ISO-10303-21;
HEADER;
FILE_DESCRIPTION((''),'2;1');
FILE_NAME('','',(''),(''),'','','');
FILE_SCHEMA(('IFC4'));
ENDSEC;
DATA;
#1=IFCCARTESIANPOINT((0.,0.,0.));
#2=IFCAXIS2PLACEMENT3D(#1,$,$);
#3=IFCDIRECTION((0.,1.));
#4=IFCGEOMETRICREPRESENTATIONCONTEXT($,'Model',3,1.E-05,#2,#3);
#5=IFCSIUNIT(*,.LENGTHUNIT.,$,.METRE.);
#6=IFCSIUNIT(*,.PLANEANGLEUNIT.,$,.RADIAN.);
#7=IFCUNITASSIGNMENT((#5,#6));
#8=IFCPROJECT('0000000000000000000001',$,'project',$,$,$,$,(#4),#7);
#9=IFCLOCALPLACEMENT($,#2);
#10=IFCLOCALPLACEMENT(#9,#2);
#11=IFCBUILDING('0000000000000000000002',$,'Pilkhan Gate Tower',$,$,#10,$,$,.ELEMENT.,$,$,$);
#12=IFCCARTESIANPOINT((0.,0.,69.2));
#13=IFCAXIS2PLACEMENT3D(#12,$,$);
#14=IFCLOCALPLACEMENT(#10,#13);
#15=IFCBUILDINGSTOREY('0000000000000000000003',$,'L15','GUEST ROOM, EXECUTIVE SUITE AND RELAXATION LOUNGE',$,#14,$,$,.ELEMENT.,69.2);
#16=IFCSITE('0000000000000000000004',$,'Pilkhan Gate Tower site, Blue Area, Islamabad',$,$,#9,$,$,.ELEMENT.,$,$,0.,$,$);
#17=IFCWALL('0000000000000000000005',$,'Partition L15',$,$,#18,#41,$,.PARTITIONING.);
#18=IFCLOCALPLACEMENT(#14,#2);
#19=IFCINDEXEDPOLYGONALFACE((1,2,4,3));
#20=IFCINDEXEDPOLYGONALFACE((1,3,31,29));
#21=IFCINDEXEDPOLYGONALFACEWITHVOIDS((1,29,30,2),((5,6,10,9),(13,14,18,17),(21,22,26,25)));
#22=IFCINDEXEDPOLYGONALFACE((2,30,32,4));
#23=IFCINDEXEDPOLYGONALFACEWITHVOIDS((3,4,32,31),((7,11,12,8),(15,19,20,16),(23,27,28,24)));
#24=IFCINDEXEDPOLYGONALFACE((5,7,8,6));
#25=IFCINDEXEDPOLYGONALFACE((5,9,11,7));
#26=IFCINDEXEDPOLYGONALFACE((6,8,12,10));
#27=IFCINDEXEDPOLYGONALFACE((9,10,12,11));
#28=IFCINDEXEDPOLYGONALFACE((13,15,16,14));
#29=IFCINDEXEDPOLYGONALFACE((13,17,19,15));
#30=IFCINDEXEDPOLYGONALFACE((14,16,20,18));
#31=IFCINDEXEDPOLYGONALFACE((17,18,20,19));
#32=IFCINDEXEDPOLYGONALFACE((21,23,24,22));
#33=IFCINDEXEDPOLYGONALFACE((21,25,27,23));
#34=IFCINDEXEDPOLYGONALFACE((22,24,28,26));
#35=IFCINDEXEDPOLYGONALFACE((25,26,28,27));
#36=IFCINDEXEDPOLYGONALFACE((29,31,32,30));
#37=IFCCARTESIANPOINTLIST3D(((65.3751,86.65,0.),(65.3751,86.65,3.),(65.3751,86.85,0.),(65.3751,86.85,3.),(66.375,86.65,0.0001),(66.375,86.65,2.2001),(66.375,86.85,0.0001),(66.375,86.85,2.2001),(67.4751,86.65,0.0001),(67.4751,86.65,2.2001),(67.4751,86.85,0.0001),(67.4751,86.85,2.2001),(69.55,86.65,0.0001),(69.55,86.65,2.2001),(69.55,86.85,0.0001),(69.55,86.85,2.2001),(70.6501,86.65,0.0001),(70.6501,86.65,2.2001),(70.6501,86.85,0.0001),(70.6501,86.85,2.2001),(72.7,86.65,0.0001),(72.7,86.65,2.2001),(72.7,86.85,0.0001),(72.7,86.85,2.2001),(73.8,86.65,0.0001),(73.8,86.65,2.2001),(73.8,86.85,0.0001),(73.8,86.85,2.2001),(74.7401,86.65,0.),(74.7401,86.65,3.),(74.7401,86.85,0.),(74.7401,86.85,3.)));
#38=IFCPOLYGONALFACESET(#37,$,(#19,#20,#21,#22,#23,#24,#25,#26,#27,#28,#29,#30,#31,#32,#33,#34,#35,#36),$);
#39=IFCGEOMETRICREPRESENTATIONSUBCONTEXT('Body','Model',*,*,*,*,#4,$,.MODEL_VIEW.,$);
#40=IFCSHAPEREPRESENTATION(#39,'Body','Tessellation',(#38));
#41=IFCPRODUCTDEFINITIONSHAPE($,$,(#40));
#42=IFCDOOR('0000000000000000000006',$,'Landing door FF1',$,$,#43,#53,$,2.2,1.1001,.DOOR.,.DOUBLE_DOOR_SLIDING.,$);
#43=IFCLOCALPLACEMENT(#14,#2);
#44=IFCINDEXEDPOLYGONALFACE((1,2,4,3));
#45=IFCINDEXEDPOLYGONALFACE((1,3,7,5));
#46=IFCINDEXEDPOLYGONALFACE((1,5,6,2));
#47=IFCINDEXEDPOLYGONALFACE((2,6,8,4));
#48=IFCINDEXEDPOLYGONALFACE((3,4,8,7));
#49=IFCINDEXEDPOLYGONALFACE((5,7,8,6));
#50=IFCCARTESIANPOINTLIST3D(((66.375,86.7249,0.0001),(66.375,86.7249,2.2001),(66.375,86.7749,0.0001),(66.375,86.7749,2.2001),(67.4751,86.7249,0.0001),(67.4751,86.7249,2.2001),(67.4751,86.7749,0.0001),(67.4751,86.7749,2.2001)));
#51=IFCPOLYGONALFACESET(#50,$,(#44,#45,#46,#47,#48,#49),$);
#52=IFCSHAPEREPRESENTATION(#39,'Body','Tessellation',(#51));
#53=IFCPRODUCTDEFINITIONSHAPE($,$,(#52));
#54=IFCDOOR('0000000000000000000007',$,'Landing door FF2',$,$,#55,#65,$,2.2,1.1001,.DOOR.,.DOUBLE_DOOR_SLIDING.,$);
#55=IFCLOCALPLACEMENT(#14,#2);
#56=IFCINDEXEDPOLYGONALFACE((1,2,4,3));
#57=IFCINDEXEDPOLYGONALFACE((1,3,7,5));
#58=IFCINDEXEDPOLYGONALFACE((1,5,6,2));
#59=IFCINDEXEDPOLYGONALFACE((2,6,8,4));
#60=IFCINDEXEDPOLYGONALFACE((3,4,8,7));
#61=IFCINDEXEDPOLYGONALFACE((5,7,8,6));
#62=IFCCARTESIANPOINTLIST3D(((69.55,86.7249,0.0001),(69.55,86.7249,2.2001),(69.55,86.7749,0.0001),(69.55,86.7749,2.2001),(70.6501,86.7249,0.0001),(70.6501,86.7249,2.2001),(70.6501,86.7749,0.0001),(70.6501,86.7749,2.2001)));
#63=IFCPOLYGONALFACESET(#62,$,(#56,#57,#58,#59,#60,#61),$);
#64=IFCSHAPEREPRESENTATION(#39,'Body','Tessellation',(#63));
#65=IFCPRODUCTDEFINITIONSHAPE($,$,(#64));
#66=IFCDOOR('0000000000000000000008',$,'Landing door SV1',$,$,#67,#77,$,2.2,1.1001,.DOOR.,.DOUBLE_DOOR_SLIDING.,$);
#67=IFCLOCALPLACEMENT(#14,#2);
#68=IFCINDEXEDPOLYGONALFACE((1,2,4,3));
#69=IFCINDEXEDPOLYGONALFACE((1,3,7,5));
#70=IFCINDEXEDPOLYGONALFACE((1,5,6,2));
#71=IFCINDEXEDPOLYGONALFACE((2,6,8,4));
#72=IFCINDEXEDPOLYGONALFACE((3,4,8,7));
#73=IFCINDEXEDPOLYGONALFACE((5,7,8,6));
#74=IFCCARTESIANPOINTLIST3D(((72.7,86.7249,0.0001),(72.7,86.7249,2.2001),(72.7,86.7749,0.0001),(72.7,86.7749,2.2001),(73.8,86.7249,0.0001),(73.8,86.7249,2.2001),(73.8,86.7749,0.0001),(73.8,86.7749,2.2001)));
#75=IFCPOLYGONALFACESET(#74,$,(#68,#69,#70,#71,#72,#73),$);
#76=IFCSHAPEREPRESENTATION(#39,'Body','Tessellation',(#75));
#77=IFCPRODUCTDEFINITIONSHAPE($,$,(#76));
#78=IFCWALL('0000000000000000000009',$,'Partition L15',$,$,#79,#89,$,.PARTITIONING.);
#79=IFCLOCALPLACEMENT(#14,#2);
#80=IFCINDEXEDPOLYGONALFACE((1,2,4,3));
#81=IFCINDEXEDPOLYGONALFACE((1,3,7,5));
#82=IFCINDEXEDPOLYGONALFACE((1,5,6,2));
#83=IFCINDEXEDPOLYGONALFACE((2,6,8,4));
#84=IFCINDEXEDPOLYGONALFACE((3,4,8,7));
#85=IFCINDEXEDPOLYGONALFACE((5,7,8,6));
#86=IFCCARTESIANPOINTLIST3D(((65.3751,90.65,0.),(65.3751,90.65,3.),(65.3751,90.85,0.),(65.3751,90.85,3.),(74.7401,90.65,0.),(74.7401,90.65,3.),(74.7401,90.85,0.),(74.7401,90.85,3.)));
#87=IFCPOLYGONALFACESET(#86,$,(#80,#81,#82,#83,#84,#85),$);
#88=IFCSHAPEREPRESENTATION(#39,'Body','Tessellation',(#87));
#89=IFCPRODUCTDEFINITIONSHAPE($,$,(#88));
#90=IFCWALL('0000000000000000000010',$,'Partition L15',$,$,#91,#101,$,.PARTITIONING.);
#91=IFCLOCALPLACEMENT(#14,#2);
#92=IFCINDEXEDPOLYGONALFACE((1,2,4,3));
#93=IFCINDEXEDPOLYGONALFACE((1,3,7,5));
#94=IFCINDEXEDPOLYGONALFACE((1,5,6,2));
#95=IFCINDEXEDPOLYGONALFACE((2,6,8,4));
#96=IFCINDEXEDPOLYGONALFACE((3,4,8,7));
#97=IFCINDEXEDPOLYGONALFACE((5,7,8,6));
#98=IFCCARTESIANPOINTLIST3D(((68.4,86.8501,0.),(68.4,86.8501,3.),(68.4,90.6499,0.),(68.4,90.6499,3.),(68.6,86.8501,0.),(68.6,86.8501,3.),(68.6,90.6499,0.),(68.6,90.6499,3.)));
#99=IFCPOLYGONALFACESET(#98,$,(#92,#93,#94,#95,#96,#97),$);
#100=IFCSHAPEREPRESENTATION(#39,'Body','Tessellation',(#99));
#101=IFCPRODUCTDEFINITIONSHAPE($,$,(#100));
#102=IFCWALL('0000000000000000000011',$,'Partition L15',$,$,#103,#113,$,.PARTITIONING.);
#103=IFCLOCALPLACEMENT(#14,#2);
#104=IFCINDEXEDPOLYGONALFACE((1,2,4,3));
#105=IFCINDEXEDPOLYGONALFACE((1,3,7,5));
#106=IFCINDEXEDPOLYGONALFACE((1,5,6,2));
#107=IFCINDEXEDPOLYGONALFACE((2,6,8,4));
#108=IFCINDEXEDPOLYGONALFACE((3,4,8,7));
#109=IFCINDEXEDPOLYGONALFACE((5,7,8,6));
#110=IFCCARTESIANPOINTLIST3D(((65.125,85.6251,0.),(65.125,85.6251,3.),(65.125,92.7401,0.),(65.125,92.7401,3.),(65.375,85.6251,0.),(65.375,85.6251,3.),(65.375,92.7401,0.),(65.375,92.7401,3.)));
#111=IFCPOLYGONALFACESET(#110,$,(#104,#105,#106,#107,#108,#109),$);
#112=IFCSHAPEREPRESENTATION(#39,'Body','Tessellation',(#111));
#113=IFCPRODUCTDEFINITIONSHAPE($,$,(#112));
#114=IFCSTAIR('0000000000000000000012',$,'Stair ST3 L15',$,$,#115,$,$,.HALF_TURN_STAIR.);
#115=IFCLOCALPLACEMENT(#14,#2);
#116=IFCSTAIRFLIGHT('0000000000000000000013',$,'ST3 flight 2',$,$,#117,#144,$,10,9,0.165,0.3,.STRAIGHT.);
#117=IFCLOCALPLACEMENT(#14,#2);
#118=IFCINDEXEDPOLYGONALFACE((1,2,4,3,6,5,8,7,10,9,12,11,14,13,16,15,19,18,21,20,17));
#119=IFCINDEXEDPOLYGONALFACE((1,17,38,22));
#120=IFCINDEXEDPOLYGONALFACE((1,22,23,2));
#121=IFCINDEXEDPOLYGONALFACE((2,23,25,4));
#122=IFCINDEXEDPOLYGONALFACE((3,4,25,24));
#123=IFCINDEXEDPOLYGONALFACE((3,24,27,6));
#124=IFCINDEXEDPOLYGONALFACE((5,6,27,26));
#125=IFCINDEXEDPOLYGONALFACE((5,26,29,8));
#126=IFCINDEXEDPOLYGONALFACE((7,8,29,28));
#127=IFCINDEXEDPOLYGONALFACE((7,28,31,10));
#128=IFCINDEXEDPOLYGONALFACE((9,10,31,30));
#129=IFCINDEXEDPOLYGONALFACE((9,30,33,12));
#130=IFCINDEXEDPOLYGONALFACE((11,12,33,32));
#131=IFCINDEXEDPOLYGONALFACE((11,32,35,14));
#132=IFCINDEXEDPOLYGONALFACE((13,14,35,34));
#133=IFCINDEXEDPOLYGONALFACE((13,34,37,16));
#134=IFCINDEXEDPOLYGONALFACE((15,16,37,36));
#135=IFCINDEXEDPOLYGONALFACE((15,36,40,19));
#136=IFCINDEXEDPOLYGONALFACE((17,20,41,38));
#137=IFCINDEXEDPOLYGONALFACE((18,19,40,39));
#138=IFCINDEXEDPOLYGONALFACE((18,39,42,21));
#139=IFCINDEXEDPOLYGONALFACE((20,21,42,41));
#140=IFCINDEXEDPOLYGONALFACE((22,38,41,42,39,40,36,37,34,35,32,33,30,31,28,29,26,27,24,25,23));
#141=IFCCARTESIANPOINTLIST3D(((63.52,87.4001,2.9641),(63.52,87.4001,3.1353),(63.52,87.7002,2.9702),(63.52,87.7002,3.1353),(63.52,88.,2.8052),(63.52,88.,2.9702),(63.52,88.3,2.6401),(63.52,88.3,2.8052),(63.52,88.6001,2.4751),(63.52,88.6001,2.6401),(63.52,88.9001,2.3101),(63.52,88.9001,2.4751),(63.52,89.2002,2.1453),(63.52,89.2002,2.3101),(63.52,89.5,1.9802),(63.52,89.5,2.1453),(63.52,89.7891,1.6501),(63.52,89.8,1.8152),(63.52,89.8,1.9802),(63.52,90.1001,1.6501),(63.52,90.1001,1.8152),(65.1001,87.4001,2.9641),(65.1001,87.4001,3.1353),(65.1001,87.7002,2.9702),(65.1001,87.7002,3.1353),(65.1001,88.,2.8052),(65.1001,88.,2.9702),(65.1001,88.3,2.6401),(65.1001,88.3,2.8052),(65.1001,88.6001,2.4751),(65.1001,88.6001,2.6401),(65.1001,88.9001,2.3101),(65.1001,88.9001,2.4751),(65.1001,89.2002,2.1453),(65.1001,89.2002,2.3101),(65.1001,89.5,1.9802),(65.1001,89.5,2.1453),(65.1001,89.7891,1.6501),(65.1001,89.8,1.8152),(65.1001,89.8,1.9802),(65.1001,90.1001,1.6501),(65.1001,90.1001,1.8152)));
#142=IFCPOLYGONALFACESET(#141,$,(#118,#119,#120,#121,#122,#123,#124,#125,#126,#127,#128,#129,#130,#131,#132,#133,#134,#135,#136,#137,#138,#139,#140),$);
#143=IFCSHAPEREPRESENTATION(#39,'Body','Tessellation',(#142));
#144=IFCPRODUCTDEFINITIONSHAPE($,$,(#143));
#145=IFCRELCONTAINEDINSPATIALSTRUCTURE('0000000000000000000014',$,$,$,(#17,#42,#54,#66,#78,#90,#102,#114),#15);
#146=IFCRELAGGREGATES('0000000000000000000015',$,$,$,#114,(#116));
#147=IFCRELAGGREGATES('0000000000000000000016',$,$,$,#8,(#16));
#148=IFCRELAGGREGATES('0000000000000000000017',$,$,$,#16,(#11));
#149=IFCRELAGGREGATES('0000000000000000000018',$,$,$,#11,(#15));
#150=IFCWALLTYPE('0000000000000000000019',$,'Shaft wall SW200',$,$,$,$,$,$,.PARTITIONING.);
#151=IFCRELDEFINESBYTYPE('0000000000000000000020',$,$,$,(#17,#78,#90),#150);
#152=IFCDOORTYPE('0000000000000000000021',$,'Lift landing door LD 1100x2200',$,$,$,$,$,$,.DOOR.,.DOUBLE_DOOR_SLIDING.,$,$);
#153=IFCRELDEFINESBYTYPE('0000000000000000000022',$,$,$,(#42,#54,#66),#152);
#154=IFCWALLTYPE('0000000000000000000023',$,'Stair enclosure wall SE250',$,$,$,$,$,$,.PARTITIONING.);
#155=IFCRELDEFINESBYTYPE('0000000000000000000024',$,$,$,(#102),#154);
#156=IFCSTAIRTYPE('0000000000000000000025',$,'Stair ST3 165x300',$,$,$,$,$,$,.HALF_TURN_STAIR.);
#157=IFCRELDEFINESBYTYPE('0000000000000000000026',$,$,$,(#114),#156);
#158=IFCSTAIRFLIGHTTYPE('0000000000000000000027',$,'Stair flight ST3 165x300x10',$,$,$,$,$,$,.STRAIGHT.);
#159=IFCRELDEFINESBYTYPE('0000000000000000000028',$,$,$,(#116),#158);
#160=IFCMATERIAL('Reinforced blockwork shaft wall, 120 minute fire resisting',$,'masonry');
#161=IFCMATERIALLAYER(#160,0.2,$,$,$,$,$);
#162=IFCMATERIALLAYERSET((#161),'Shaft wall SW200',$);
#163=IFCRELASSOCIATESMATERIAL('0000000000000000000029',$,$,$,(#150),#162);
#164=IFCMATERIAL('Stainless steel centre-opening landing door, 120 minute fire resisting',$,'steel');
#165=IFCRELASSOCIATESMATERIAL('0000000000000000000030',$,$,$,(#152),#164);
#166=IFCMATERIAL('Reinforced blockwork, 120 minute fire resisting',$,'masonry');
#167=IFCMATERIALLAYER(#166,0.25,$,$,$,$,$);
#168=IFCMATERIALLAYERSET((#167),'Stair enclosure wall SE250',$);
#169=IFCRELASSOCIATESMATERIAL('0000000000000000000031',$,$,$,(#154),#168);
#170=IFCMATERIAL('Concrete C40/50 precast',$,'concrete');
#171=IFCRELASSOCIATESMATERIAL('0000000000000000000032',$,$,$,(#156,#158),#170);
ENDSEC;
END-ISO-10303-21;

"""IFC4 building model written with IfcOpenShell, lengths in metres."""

from ifc_helpers import new_model, si_unit, direction, frame, frame_2d, origin, place, context, subcontext, project, spatial, polyline, rectangle, outline, extrude, material, layer, layer_set, type_object, element, fill, aggregate, save


model = new_model("IFC4")

# Units and contexts
model_context = context("Model", 3, precision=1e-05, world=origin(), true_north=direction((0.0, 1.0)))
body_context = subcontext(model_context, "Body", "Model", "MODEL_VIEW")
ifc_project = project(units=[si_unit("LENGTHUNIT", "METRE"), si_unit("PLANEANGLEUNIT", "RADIAN")], contexts=[model_context])

# Site, building, storey
site_placement = place(None, origin())
site = spatial("IfcSite", under=ifc_project, at=site_placement, Name="Pilkhan Gate Tower site, Blue Area, Islamabad", CompositionType="ELEMENT", RefElevation=0.0)
building_placement = place(site_placement, origin())
building = spatial("IfcBuilding", under=site, at=building_placement, Name="Pilkhan Gate Tower", CompositionType="ELEMENT")
storey_placement = place(building_placement, frame((0.0, 0.0, 69.2)))
storey = spatial("IfcBuildingStorey", under=building, at=storey_placement, Name="L15", Description="GUEST ROOM, EXECUTIVE SUITE AND RELAXATION LOUNGE", CompositionType="ELEMENT", Elevation=69.2)

# Wall, openings, doors
ifc_material_1 = material(Name="Reinforced blockwork shaft wall, 120 minute fire resisting", Category="masonry")
ifc_layer_1 = layer(ifc_material_1, 0.2)
ifc_layer_set_1 = layer_set([ifc_layer_1], Name="Shaft wall SW200")
wall_type_1 = type_object("IfcWallType", Name="Shaft wall SW200", PredefinedType="PARTITIONING", material=ifc_layer_set_1)
wall_1_placement = place(storey_placement, frame((65.375, 86.75, 0.0), z_axis=(0.0, 0.0, 1.0), x_axis=(1.0, 0.0, 0.0)))
wall_1 = element("IfcWall", 1, at=wall_1_placement, inside=storey, type_object=wall_type_1, Name="Partition L15", PredefinedType="PARTITIONING", context=body_context, shape_type="SweptSolid", body=[
    extrude(rectangle(XDim=9.365, YDim=0.2, at=frame_2d((4.6826, 0.0))), origin(), (0.0, 0.0, 1.0), 3.0),
])
opening_1_placement = place(wall_1_placement, frame((1.0, 0.0, 0.0)))
opening_1 = element("IfcOpeningElement", 2, at=opening_1_placement, cuts=wall_1, PredefinedType="OPENING", context=body_context, shape_type="SweptSolid", body=[
    extrude(rectangle(XDim=1.1001, YDim=2.2, at=frame_2d((0.55, 1.1001))), frame((0.0, 0.1099, 0.0), z_axis=(0.0, -1.0, 0.0), x_axis=(1.0, 0.0, 0.0)), (0.0, 0.0, 1.0), 0.22),
])
opening_2_placement = place(wall_1_placement, frame((4.175, 0.0, 0.0)))
opening_2 = element("IfcOpeningElement", 3, at=opening_2_placement, cuts=wall_1, PredefinedType="OPENING", context=body_context, shape_type="SweptSolid", body=[
    extrude(rectangle(XDim=1.1001, YDim=2.2, at=frame_2d((0.55, 1.1001))), frame((0.0, 0.1099, 0.0), z_axis=(0.0, -1.0, 0.0), x_axis=(1.0, 0.0, 0.0)), (0.0, 0.0, 1.0), 0.22),
])
opening_3_placement = place(wall_1_placement, frame((7.325, 0.0, 0.0)))
opening_3 = element("IfcOpeningElement", 4, at=opening_3_placement, cuts=wall_1, PredefinedType="OPENING", context=body_context, shape_type="SweptSolid", body=[
    extrude(rectangle(XDim=1.1001, YDim=2.2, at=frame_2d((0.55, 1.1001))), frame((0.0, 0.1099, 0.0), z_axis=(0.0, -1.0, 0.0), x_axis=(1.0, 0.0, 0.0)), (0.0, 0.0, 1.0), 0.22),
])
ifc_material_2 = material(Name="Stainless steel centre-opening landing door, 120 minute fire resisting", Category="steel")
door_type = type_object("IfcDoorType", Name="Lift landing door LD 1100x2200", OperationType="DOUBLE_DOOR_SLIDING", PredefinedType="DOOR", material=ifc_material_2)
door_1_placement = place(opening_1_placement, origin())
door_1 = element("IfcDoor", 5, at=door_1_placement, inside=storey, type_object=door_type, Name="Landing door FF1", OperationType="DOUBLE_DOOR_SLIDING", OverallHeight=2.2, OverallWidth=1.1001, PredefinedType="DOOR", context=body_context, shape_type="SweptSolid", body=[
    extrude(rectangle(XDim=1.1001, YDim=2.2, at=frame_2d((0.55, 1.1001))), frame((0.0, 0.0249, 0.0), z_axis=(0.0, -1.0, 0.0), x_axis=(1.0, 0.0, 0.0)), (0.0, 0.0, 1.0), 0.05),
])
fill(opening_1, door_1)
door_2_placement = place(opening_2_placement, origin())
door_2 = element("IfcDoor", 6, at=door_2_placement, inside=storey, type_object=door_type, Name="Landing door FF2", OperationType="DOUBLE_DOOR_SLIDING", OverallHeight=2.2, OverallWidth=1.1001, PredefinedType="DOOR", context=body_context, shape_type="SweptSolid", body=[
    extrude(rectangle(XDim=1.1001, YDim=2.2, at=frame_2d((0.55, 1.1001))), frame((0.0, 0.0249, 0.0), z_axis=(0.0, -1.0, 0.0), x_axis=(1.0, 0.0, 0.0)), (0.0, 0.0, 1.0), 0.05),
])
fill(opening_2, door_2)
door_3_placement = place(opening_3_placement, origin())
door_3 = element("IfcDoor", 7, at=door_3_placement, inside=storey, type_object=door_type, Name="Landing door SV1", OperationType="DOUBLE_DOOR_SLIDING", OverallHeight=2.2, OverallWidth=1.1001, PredefinedType="DOOR", context=body_context, shape_type="SweptSolid", body=[
    extrude(rectangle(XDim=1.1001, YDim=2.2, at=frame_2d((0.55, 1.1001))), frame((0.0, 0.0249, 0.0), z_axis=(0.0, -1.0, 0.0), x_axis=(1.0, 0.0, 0.0)), (0.0, 0.0, 1.0), 0.05),
])
fill(opening_3, door_3)

# Walls
wall_2_placement = place(storey_placement, frame((65.375, 90.75, 0.0), z_axis=(0.0, 0.0, 1.0), x_axis=(1.0, 0.0, 0.0)))
element("IfcWall", 8, at=wall_2_placement, inside=storey, type_object=wall_type_1, Name="Partition L15", PredefinedType="PARTITIONING", context=body_context, shape_type="SweptSolid", body=[
    extrude(rectangle(XDim=9.365, YDim=0.2, at=frame_2d((4.6826, 0.0))), origin(), (0.0, 0.0, 1.0), 3.0),
])
wall_3_placement = place(storey_placement, frame((68.5, 86.8501, 0.0), z_axis=(0.0, 0.0, 1.0), x_axis=(0.0, 1.0, 0.0)))
element("IfcWall", 9, at=wall_3_placement, inside=storey, type_object=wall_type_1, Name="Partition L15", PredefinedType="PARTITIONING", context=body_context, shape_type="SweptSolid", body=[
    extrude(rectangle(XDim=3.7998, YDim=0.2, at=frame_2d((1.8999, 0.0))), origin(), (0.0, 0.0, 1.0), 3.0),
])
ifc_material_3 = material(Name="Reinforced blockwork, 120 minute fire resisting", Category="masonry")
ifc_layer_2 = layer(ifc_material_3, 0.25)
ifc_layer_set_2 = layer_set([ifc_layer_2], Name="Stair enclosure wall SE250")
wall_type_2 = type_object("IfcWallType", Name="Stair enclosure wall SE250", PredefinedType="PARTITIONING", material=ifc_layer_set_2)
wall_4_placement = place(storey_placement, frame((65.25, 85.625, 0.0), z_axis=(0.0, 0.0, 1.0), x_axis=(0.0, 1.0, 0.0)))
element("IfcWall", 10, at=wall_4_placement, inside=storey, type_object=wall_type_2, Name="Partition L15", PredefinedType="PARTITIONING", context=body_context, shape_type="SweptSolid", body=[
    extrude(rectangle(XDim=7.115, YDim=0.25, at=frame_2d((3.5576, 0.0))), origin(), (0.0, 0.0, 1.0), 3.0),
])

# Stair, stair flight
ifc_material_4 = material(Name="Concrete C40/50 precast", Category="concrete")
stair_type = type_object("IfcStairType", Name="Stair ST3 165x300", PredefinedType="HALF_TURN_STAIR", material=ifc_material_4)
stair_placement = place(storey_placement, origin())
stair = element("IfcStair", 11, at=stair_placement, inside=storey, type_object=stair_type, Name="Stair ST3 L15", PredefinedType="HALF_TURN_STAIR")
stair_flight_type = type_object("IfcStairFlightType", Name="Stair flight ST3 165x300x10", PredefinedType="STRAIGHT", material=ifc_material_4)
stair_flight_placement = place(storey_placement, frame((64.3101, 90.1001, 1.6501), z_axis=(0.0, 0.0, 1.0), x_axis=(0.0, -1.0, 0.0)))
stair_flight = element("IfcStairFlight", 12, at=stair_flight_placement, type_object=stair_flight_type, Name="ST3 flight 2", NumberOfRisers=10, NumberOfTreads=9, PredefinedType="STRAIGHT", RiserHeight=0.165, TreadLength=0.3, context=body_context, shape_type="SweptSolid", body=[
    extrude(outline(polyline([(0.0, 0.0), (0.0, 0.165), (0.3, 0.165), (0.3, 0.3301), (0.6001, 0.3301), (0.6001, 0.4951), (0.8999, 0.4951), (0.8999, 0.6599), (1.2, 0.6599), (1.2, 0.825), (1.5, 0.825), (1.5, 0.99), (1.8, 0.99), (1.8, 1.155), (2.1001, 1.155), (2.1001, 1.3201), (2.3999, 1.3201), (2.3999, 1.4851), (2.7, 1.4851), (2.7, 1.6499), (2.7, 1.314), (0.311, 0.0), (0.0, 0.0)])), frame((0.0, 0.79, 0.0), z_axis=(0.0, -1.0, 0.0), x_axis=(1.0, 0.0, 0.0)), (0.0, 0.0, 1.0), 1.5801),
])
aggregate(stair, [stair_flight])

save(model, "model.ifc")
